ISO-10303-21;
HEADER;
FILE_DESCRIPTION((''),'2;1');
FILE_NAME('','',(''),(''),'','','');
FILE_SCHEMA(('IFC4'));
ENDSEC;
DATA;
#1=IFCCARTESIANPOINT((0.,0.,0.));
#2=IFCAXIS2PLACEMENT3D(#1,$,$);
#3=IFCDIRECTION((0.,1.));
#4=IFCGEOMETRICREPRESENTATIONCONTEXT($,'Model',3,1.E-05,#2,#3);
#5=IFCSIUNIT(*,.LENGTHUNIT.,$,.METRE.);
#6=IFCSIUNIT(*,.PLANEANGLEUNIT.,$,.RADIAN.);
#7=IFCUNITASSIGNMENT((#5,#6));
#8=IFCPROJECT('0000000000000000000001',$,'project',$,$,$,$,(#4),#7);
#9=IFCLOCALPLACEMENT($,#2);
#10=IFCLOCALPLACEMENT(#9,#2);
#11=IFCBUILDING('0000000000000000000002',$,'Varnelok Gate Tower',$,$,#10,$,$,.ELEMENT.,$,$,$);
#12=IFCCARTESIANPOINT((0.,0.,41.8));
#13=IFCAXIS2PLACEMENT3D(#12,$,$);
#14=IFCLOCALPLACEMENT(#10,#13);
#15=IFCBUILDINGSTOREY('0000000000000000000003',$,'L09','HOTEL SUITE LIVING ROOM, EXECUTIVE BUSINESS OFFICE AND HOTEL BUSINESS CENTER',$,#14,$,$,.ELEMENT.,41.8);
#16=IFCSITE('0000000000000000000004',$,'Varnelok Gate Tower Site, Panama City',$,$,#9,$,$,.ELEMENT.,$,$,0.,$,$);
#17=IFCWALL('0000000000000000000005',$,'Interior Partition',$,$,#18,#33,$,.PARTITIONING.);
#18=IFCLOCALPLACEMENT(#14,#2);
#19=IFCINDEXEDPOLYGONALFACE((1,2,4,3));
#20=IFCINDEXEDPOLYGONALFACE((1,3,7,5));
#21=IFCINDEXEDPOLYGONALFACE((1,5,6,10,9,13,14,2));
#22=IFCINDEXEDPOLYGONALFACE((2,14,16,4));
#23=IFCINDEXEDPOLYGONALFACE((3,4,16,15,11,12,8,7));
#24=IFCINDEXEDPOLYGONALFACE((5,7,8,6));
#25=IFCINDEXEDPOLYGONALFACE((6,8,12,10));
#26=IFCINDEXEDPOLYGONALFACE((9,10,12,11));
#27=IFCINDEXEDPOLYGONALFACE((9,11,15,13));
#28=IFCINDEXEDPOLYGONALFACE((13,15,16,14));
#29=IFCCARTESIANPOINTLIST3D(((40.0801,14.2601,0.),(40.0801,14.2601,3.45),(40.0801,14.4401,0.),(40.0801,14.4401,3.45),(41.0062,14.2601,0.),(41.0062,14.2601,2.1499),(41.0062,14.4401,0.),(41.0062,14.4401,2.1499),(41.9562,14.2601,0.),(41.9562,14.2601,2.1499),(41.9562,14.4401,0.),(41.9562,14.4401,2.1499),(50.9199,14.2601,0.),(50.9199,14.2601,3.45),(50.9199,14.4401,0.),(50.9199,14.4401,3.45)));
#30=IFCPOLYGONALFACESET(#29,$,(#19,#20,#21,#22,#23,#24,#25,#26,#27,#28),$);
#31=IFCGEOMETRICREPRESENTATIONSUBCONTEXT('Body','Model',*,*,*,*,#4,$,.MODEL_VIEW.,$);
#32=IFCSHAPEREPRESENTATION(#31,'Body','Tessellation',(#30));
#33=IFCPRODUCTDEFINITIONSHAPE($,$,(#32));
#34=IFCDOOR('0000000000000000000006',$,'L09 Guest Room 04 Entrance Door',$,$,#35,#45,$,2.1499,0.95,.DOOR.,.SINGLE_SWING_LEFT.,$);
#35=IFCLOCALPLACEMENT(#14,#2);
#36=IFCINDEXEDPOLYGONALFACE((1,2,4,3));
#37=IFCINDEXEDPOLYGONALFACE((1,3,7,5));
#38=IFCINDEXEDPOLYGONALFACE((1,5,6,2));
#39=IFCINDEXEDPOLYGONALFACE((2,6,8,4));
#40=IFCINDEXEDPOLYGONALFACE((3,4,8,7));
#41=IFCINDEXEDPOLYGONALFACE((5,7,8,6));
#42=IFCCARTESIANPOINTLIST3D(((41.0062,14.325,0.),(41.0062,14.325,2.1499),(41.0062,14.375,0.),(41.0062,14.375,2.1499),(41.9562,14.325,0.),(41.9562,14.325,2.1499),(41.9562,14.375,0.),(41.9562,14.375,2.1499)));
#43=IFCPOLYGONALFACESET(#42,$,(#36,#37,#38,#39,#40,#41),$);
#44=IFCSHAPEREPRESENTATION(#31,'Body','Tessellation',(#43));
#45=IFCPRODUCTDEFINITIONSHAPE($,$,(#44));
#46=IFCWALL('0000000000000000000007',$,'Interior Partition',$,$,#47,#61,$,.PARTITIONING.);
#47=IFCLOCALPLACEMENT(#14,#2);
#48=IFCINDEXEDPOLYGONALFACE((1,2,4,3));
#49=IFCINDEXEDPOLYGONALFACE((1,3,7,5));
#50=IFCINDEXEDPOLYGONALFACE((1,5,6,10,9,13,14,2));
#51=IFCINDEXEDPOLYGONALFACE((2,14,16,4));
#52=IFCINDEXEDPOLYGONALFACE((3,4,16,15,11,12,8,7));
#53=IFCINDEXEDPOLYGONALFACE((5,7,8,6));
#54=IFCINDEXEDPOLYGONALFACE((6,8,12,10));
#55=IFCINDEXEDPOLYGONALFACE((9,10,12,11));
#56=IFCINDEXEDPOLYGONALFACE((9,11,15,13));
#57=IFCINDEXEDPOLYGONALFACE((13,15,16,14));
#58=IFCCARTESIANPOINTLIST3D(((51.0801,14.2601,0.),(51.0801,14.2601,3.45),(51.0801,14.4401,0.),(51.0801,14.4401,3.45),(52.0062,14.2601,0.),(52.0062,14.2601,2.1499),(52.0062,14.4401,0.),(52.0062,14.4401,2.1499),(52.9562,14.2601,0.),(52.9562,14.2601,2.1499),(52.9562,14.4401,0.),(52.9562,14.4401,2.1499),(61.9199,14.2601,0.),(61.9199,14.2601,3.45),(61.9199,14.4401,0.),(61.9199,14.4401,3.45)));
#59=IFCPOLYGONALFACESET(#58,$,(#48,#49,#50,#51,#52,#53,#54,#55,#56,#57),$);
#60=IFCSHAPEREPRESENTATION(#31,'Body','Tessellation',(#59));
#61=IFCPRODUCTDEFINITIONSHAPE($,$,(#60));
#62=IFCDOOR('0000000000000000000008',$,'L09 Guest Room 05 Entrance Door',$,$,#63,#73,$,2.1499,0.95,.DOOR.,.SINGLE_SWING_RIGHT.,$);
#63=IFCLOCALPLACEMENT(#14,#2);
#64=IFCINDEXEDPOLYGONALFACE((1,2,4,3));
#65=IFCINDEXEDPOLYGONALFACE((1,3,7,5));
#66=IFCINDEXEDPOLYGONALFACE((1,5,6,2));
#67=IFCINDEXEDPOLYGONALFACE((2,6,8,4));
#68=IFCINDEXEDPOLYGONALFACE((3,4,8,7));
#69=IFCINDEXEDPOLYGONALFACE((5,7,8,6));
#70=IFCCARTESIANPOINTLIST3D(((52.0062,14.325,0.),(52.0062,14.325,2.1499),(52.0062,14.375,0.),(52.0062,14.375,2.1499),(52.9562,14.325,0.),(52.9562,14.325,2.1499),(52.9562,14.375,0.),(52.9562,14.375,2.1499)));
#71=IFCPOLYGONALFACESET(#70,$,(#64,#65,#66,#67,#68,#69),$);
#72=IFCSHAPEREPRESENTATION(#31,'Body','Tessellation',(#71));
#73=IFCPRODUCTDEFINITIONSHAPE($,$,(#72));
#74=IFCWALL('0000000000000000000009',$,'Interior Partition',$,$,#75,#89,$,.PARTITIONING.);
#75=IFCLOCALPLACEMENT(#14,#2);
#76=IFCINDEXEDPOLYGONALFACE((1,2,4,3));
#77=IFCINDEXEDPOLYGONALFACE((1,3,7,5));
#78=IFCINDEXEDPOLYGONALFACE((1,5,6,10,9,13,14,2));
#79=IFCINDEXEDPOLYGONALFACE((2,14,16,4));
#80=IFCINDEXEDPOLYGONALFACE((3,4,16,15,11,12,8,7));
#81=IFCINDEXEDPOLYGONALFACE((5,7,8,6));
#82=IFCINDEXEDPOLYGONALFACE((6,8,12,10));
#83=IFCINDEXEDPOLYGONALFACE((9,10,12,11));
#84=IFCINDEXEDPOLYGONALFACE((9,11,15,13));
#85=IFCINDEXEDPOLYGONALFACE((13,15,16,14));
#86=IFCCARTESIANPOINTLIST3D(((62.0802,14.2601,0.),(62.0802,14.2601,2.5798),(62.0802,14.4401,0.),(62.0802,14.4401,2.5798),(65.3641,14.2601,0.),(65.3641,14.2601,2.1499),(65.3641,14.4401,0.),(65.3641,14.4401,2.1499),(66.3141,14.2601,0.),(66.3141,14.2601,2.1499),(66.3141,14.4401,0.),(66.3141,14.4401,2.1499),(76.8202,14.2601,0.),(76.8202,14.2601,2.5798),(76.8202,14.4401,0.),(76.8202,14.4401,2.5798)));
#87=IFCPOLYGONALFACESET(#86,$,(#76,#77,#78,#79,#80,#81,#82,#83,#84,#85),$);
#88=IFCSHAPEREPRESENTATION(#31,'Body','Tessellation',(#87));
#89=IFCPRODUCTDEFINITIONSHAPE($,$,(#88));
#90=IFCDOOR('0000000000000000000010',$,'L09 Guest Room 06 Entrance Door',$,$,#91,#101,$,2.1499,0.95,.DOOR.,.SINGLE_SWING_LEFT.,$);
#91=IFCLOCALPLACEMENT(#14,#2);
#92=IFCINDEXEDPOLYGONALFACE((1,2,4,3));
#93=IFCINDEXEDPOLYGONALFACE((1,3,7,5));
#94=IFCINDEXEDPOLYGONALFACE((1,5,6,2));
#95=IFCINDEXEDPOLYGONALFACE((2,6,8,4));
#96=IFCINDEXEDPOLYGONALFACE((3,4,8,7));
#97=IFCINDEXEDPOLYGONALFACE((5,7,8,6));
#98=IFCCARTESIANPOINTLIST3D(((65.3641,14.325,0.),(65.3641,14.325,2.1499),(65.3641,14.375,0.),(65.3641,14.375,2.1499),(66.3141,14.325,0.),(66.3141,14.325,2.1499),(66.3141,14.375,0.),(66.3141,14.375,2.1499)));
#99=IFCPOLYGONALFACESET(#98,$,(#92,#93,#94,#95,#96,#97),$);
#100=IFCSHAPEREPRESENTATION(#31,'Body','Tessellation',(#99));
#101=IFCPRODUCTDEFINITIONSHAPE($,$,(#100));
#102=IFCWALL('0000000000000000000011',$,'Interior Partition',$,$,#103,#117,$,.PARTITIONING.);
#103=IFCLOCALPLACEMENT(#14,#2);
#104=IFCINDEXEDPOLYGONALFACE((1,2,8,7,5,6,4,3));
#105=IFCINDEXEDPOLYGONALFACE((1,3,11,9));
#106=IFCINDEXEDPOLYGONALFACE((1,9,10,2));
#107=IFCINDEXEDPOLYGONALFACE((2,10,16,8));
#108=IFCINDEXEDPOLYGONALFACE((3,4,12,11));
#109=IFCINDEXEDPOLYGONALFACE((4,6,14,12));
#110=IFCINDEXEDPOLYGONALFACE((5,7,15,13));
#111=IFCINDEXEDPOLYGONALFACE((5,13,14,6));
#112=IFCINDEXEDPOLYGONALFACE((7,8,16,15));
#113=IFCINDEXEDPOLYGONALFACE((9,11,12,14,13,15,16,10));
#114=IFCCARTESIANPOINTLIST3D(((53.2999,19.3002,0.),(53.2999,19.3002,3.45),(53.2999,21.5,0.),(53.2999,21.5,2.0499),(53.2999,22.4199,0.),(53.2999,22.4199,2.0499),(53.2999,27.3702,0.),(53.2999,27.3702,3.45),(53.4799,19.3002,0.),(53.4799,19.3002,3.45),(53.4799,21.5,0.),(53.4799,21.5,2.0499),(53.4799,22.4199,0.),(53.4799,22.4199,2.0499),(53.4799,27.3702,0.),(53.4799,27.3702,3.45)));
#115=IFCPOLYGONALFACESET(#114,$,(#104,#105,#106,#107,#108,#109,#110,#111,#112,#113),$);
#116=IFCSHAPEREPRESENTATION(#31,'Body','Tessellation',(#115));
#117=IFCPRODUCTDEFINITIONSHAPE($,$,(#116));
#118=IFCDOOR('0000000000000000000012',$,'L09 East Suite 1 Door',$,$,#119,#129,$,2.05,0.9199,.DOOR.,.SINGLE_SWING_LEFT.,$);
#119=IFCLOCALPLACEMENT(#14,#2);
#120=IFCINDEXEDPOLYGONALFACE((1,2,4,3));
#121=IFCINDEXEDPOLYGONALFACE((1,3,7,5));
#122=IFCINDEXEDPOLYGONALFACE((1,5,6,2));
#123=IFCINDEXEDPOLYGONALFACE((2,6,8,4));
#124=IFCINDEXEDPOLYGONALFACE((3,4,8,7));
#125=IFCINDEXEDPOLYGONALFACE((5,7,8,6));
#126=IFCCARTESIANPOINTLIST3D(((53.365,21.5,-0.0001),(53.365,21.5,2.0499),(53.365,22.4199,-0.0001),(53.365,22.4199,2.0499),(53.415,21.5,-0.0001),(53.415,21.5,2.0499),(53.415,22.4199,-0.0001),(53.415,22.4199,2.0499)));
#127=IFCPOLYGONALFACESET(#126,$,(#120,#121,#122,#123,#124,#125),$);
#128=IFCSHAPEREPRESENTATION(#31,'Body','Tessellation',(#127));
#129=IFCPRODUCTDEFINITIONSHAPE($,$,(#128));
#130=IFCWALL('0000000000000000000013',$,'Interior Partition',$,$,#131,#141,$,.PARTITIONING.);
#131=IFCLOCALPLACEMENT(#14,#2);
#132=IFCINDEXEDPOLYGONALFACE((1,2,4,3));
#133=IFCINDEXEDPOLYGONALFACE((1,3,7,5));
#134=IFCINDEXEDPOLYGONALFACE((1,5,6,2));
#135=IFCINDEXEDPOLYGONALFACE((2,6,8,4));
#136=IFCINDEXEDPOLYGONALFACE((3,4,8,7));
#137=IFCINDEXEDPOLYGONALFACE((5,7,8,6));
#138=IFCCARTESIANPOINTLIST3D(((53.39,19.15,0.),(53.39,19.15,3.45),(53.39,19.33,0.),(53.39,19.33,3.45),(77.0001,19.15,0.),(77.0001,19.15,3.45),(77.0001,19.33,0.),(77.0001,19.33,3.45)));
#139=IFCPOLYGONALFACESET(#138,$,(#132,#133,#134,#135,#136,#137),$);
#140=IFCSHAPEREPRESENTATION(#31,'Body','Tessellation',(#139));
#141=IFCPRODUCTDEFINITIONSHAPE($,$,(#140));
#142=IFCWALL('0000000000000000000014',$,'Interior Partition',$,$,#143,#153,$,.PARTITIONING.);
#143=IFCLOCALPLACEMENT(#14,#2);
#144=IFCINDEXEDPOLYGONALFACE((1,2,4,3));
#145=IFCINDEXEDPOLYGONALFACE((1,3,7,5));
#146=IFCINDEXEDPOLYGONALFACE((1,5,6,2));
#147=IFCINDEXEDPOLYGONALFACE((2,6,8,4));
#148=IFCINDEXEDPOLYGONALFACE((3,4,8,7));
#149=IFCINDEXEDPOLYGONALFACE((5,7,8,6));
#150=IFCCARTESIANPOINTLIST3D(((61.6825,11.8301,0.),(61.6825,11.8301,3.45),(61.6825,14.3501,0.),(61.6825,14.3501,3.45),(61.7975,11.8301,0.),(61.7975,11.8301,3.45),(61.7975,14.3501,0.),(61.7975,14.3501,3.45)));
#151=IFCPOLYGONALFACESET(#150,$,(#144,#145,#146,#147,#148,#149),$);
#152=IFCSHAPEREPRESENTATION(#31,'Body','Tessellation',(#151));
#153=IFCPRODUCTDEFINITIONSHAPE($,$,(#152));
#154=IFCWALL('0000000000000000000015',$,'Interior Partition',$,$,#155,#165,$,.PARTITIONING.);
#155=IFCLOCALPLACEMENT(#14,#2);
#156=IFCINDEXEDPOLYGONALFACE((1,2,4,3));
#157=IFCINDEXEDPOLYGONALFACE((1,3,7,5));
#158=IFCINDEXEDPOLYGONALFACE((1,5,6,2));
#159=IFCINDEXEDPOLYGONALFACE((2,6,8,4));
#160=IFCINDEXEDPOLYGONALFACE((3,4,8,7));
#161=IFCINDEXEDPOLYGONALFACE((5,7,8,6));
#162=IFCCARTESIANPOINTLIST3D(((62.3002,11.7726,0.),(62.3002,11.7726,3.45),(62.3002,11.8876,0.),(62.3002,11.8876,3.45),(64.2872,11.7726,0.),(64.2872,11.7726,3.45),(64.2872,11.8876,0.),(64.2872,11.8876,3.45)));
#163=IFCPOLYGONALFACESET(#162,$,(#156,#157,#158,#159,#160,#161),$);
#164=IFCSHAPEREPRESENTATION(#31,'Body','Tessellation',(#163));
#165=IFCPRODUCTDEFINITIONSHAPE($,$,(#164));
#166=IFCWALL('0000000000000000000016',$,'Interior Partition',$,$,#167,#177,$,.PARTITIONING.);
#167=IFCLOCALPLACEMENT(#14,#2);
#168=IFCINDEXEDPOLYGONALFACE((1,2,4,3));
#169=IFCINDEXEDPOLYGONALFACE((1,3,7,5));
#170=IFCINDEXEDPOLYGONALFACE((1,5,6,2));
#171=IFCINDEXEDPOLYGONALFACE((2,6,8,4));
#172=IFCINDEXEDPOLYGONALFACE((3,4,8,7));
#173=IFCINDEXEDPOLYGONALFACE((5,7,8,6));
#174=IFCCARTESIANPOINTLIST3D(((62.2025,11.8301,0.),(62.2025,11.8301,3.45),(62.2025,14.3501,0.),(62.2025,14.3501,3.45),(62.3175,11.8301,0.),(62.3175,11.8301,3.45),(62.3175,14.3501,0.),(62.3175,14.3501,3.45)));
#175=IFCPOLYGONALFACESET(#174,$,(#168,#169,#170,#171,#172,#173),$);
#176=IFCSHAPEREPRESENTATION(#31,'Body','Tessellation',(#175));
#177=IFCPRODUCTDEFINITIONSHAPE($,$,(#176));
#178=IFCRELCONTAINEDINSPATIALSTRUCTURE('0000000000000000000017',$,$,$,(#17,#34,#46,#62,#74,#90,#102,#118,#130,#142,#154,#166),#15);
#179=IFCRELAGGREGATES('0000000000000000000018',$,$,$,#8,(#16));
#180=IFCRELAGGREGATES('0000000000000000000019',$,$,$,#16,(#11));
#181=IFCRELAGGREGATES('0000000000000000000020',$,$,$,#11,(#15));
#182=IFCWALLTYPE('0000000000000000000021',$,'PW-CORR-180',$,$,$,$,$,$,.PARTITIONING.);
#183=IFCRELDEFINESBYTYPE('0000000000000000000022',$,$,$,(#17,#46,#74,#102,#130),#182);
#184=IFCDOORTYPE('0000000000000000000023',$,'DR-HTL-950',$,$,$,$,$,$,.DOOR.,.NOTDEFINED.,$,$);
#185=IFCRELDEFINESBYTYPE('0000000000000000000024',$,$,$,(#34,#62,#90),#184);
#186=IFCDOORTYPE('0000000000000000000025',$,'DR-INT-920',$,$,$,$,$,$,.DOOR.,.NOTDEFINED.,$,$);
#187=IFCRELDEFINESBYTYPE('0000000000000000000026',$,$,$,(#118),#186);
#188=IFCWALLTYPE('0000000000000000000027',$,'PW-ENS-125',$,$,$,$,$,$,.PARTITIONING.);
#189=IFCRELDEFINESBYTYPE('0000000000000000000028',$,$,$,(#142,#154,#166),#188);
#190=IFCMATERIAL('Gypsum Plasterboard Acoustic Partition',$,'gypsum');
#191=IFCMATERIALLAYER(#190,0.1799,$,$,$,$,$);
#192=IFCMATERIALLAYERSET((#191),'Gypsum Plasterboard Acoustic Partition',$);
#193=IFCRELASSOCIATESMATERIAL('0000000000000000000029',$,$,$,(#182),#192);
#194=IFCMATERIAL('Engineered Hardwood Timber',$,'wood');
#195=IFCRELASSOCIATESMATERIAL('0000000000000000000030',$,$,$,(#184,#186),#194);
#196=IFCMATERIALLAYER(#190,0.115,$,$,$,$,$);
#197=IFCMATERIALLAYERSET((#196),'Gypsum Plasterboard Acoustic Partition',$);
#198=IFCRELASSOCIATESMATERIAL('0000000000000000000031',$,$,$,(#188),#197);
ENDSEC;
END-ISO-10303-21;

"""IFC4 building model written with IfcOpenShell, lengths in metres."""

from ifc_helpers import new_model, si_unit, direction, frame, frame_2d, origin, place, context, subcontext, project, spatial, rectangle, extrude, material, layer, layer_set, type_object, element, fill, save


model = new_model("IFC4")

# Units and contexts
model_context = context("Model", 3, precision=1e-05, world=origin(), true_north=direction((0.0, 1.0)))
body_context = subcontext(model_context, "Body", "Model", "MODEL_VIEW")
ifc_project = project(units=[si_unit("LENGTHUNIT", "METRE"), si_unit("PLANEANGLEUNIT", "RADIAN")], contexts=[model_context])

# Site, building, storey
site_placement = place(None, origin())
site = spatial("IfcSite", under=ifc_project, at=site_placement, Name="Varnelok Gate Tower Site, Panama City", CompositionType="ELEMENT", RefElevation=0.0)
building_placement = place(site_placement, origin())
building = spatial("IfcBuilding", under=site, at=building_placement, Name="Varnelok Gate Tower", CompositionType="ELEMENT")
storey_placement = place(building_placement, frame((0.0, 0.0, 41.8)))
storey = spatial("IfcBuildingStorey", under=building, at=storey_placement, Name="L09", Description="HOTEL SUITE LIVING ROOM, EXECUTIVE BUSINESS OFFICE AND HOTEL BUSINESS CENTER", CompositionType="ELEMENT", Elevation=41.8)

# Walls, openings, doors
ifc_material_1 = material(Name="Gypsum Plasterboard Acoustic Partition", Category="gypsum")
ifc_layer_1 = layer(ifc_material_1, 0.1799)
ifc_layer_set_1 = layer_set([ifc_layer_1], Name="Gypsum Plasterboard Acoustic Partition")
wall_type_1 = type_object("IfcWallType", Name="PW-CORR-180", PredefinedType="PARTITIONING", material=ifc_layer_set_1)
wall_1_placement = place(storey_placement, frame((40.0801, 14.3501, 0.0), z_axis=(0.0, 0.0, 1.0), x_axis=(1.0, 0.0, 0.0)))
wall_1 = element("IfcWall", 1, at=wall_1_placement, inside=storey, type_object=wall_type_1, Name="Interior Partition", PredefinedType="PARTITIONING", context=body_context, shape_type="SweptSolid", body=[
    extrude(rectangle(XDim=10.8398, YDim=0.1799, at=frame_2d((5.4199, 0.0))), origin(), (0.0, 0.0, 1.0), 3.45),
])
opening_1_placement = place(wall_1_placement, frame((0.926, 0.0, 0.0)))
opening_1 = element("IfcOpeningElement", 2, at=opening_1_placement, cuts=wall_1, PredefinedType="OPENING", context=body_context, shape_type="SweptSolid", body=[
    extrude(rectangle(XDim=0.95, YDim=2.1499, at=frame_2d((0.4751, 1.075))), frame((0.0, 0.0999, 0.0), z_axis=(0.0, -1.0, 0.0), x_axis=(1.0, 0.0, 0.0)), (0.0, 0.0, 1.0), 0.2),
])
ifc_material_2 = material(Name="Engineered Hardwood Timber", Category="wood")
door_type_1 = type_object("IfcDoorType", Name="DR-HTL-950", OperationType="NOTDEFINED", PredefinedType="DOOR", material=ifc_material_2)
door_1_placement = place(opening_1_placement, origin())
door_1 = element("IfcDoor", 3, at=door_1_placement, inside=storey, type_object=door_type_1, Name="L09 Guest Room 04 Entrance Door", OperationType="SINGLE_SWING_LEFT", OverallHeight=2.1499, OverallWidth=0.95, PredefinedType="DOOR", context=body_context, shape_type="SweptSolid", body=[
    extrude(rectangle(XDim=0.95, YDim=2.1499, at=frame_2d((0.4751, 1.075))), frame((0.0, 0.0249, 0.0), z_axis=(0.0, -1.0, 0.0), x_axis=(1.0, 0.0, 0.0)), (0.0, 0.0, 1.0), 0.05),
])
fill(opening_1, door_1)
wall_2_placement = place(storey_placement, frame((51.0801, 14.3501, 0.0), z_axis=(0.0, 0.0, 1.0), x_axis=(1.0, 0.0, 0.0)))
wall_2 = element("IfcWall", 4, at=wall_2_placement, inside=storey, type_object=wall_type_1, Name="Interior Partition", PredefinedType="PARTITIONING", context=body_context, shape_type="SweptSolid", body=[
    extrude(rectangle(XDim=10.8398, YDim=0.1799, at=frame_2d((5.4199, 0.0))), origin(), (0.0, 0.0, 1.0), 3.45),
])
opening_2_placement = place(wall_2_placement, frame((0.926, 0.0, 0.0)))
opening_2 = element("IfcOpeningElement", 5, at=opening_2_placement, cuts=wall_2, PredefinedType="OPENING", context=body_context, shape_type="SweptSolid", body=[
    extrude(rectangle(XDim=0.95, YDim=2.1499, at=frame_2d((0.4751, 1.075))), frame((0.0, 0.0999, 0.0), z_axis=(0.0, -1.0, 0.0), x_axis=(1.0, 0.0, 0.0)), (0.0, 0.0, 1.0), 0.2),
])
door_2_placement = place(opening_2_placement, origin())
door_2 = element("IfcDoor", 6, at=door_2_placement, inside=storey, type_object=door_type_1, Name="L09 Guest Room 05 Entrance Door", OperationType="SINGLE_SWING_RIGHT", OverallHeight=2.1499, OverallWidth=0.95, PredefinedType="DOOR", context=body_context, shape_type="SweptSolid", body=[
    extrude(rectangle(XDim=0.95, YDim=2.1499, at=frame_2d((0.4751, 1.075))), frame((0.0, 0.0249, 0.0), z_axis=(0.0, -1.0, 0.0), x_axis=(1.0, 0.0, 0.0)), (0.0, 0.0, 1.0), 0.05),
])
fill(opening_2, door_2)
wall_3_placement = place(storey_placement, frame((62.0801, 14.3501, 0.0), z_axis=(0.0, 0.0, 1.0), x_axis=(1.0, 0.0, 0.0)))
wall_3 = element("IfcWall", 7, at=wall_3_placement, inside=storey, type_object=wall_type_1, Name="Interior Partition", PredefinedType="PARTITIONING", context=body_context, shape_type="SweptSolid", body=[
    extrude(rectangle(XDim=14.74, YDim=0.1799, at=frame_2d((7.3701, 0.0))), origin(), (0.0, 0.0, 1.0), 2.5798),
])
opening_3_placement = place(wall_3_placement, frame((3.2839, 0.0, 0.0)))
opening_3 = element("IfcOpeningElement", 8, at=opening_3_placement, cuts=wall_3, PredefinedType="OPENING", context=body_context, shape_type="SweptSolid", body=[
    extrude(rectangle(XDim=0.95, YDim=2.1499, at=frame_2d((0.4751, 1.075))), frame((0.0, 0.0999, 0.0), z_axis=(0.0, -1.0, 0.0), x_axis=(1.0, 0.0, 0.0)), (0.0, 0.0, 1.0), 0.2),
])
door_3_placement = place(opening_3_placement, origin())
door_3 = element("IfcDoor", 9, at=door_3_placement, inside=storey, type_object=door_type_1, Name="L09 Guest Room 06 Entrance Door", OperationType="SINGLE_SWING_LEFT", OverallHeight=2.1499, OverallWidth=0.95, PredefinedType="DOOR", context=body_context, shape_type="SweptSolid", body=[
    extrude(rectangle(XDim=0.95, YDim=2.1499, at=frame_2d((0.4751, 1.075))), frame((0.0, 0.0249, 0.0), z_axis=(0.0, -1.0, 0.0), x_axis=(1.0, 0.0, 0.0)), (0.0, 0.0, 1.0), 0.05),
])
fill(opening_3, door_3)
wall_4_placement = place(storey_placement, frame((53.3899, 19.3, 0.0), z_axis=(0.0, 0.0, 1.0), x_axis=(0.0, 1.0, 0.0)))
wall_4 = element("IfcWall", 10, at=wall_4_placement, inside=storey, type_object=wall_type_1, Name="Interior Partition", PredefinedType="PARTITIONING", context=body_context, shape_type="SweptSolid", body=[
    extrude(rectangle(XDim=8.0701, YDim=0.1799, at=frame_2d((4.0352, 0.0))), origin(), (0.0, 0.0, 1.0), 3.45),
])
opening_4_placement = place(wall_4_placement, frame((2.2, 0.0, 0.0)))
opening_4 = element("IfcOpeningElement", 11, at=opening_4_placement, cuts=wall_4, PredefinedType="OPENING", context=body_context, shape_type="SweptSolid", body=[
    extrude(rectangle(XDim=0.9199, YDim=2.05, at=frame_2d((0.46, 1.0249))), frame((0.0, 0.0999, 0.0), z_axis=(0.0, -1.0, 0.0), x_axis=(1.0, 0.0, 0.0)), (0.0, 0.0, 1.0), 0.2),
])
door_type_2 = type_object("IfcDoorType", Name="DR-INT-920", OperationType="NOTDEFINED", PredefinedType="DOOR", material=ifc_material_2)
door_4_placement = place(opening_4_placement, origin())
door_4 = element("IfcDoor", 12, at=door_4_placement, inside=storey, type_object=door_type_2, Name="L09 East Suite 1 Door", OperationType="SINGLE_SWING_LEFT", OverallHeight=2.05, OverallWidth=0.9199, PredefinedType="DOOR", context=body_context, shape_type="SweptSolid", body=[
    extrude(rectangle(XDim=0.9199, YDim=2.05, at=frame_2d((0.46, 1.0249))), frame((0.0, 0.0249, 0.0), z_axis=(0.0, -1.0, 0.0), x_axis=(1.0, 0.0, 0.0)), (0.0, 0.0, 1.0), 0.05),
])
fill(opening_4, door_4)

# Walls
wall_5_placement = place(storey_placement, frame((53.3899, 19.24, 0.0), z_axis=(0.0, 0.0, 1.0), x_axis=(1.0, 0.0, 0.0)))
element("IfcWall", 13, at=wall_5_placement, inside=storey, type_object=wall_type_1, Name="Interior Partition", PredefinedType="PARTITIONING", context=body_context, shape_type="SweptSolid", body=[
    extrude(rectangle(XDim=23.6101, YDim=0.1799, at=frame_2d((11.8052, 0.0))), origin(), (0.0, 0.0, 1.0), 3.45),
])
ifc_layer_2 = layer(ifc_material_1, 0.115)
ifc_layer_set_2 = layer_set([ifc_layer_2], Name="Gypsum Plasterboard Acoustic Partition")
wall_type_2 = type_object("IfcWallType", Name="PW-ENS-125", PredefinedType="PARTITIONING", material=ifc_layer_set_2)
wall_6_placement = place(storey_placement, frame((61.74, 11.8301, 0.0), z_axis=(0.0, 0.0, 1.0), x_axis=(0.0, 1.0, 0.0)))
element("IfcWall", 14, at=wall_6_placement, inside=storey, type_object=wall_type_2, Name="Interior Partition", PredefinedType="PARTITIONING", context=body_context, shape_type="SweptSolid", body=[
    extrude(rectangle(XDim=2.52, YDim=0.115, at=frame_2d((1.26, 0.0))), origin(), (0.0, 0.0, 1.0), 3.45),
])
wall_7_placement = place(storey_placement, frame((62.3, 11.8301, 0.0), z_axis=(0.0, 0.0, 1.0), x_axis=(1.0, 0.0, 0.0)))
element("IfcWall", 15, at=wall_7_placement, inside=storey, type_object=wall_type_2, Name="Interior Partition", PredefinedType="PARTITIONING", context=body_context, shape_type="SweptSolid", body=[
    extrude(rectangle(XDim=1.9871, YDim=0.115, at=frame_2d((0.9937, 0.0))), origin(), (0.0, 0.0, 1.0), 3.45),
])
wall_8_placement = place(storey_placement, frame((62.26, 11.8301, 0.0), z_axis=(0.0, 0.0, 1.0), x_axis=(0.0, 1.0, 0.0)))
element("IfcWall", 16, at=wall_8_placement, inside=storey, type_object=wall_type_2, Name="Interior Partition", PredefinedType="PARTITIONING", context=body_context, shape_type="SweptSolid", body=[
    extrude(rectangle(XDim=2.52, YDim=0.115, at=frame_2d((1.26, 0.0))), origin(), (0.0, 0.0, 1.0), 3.45),
])

save(model, "model.ifc")
